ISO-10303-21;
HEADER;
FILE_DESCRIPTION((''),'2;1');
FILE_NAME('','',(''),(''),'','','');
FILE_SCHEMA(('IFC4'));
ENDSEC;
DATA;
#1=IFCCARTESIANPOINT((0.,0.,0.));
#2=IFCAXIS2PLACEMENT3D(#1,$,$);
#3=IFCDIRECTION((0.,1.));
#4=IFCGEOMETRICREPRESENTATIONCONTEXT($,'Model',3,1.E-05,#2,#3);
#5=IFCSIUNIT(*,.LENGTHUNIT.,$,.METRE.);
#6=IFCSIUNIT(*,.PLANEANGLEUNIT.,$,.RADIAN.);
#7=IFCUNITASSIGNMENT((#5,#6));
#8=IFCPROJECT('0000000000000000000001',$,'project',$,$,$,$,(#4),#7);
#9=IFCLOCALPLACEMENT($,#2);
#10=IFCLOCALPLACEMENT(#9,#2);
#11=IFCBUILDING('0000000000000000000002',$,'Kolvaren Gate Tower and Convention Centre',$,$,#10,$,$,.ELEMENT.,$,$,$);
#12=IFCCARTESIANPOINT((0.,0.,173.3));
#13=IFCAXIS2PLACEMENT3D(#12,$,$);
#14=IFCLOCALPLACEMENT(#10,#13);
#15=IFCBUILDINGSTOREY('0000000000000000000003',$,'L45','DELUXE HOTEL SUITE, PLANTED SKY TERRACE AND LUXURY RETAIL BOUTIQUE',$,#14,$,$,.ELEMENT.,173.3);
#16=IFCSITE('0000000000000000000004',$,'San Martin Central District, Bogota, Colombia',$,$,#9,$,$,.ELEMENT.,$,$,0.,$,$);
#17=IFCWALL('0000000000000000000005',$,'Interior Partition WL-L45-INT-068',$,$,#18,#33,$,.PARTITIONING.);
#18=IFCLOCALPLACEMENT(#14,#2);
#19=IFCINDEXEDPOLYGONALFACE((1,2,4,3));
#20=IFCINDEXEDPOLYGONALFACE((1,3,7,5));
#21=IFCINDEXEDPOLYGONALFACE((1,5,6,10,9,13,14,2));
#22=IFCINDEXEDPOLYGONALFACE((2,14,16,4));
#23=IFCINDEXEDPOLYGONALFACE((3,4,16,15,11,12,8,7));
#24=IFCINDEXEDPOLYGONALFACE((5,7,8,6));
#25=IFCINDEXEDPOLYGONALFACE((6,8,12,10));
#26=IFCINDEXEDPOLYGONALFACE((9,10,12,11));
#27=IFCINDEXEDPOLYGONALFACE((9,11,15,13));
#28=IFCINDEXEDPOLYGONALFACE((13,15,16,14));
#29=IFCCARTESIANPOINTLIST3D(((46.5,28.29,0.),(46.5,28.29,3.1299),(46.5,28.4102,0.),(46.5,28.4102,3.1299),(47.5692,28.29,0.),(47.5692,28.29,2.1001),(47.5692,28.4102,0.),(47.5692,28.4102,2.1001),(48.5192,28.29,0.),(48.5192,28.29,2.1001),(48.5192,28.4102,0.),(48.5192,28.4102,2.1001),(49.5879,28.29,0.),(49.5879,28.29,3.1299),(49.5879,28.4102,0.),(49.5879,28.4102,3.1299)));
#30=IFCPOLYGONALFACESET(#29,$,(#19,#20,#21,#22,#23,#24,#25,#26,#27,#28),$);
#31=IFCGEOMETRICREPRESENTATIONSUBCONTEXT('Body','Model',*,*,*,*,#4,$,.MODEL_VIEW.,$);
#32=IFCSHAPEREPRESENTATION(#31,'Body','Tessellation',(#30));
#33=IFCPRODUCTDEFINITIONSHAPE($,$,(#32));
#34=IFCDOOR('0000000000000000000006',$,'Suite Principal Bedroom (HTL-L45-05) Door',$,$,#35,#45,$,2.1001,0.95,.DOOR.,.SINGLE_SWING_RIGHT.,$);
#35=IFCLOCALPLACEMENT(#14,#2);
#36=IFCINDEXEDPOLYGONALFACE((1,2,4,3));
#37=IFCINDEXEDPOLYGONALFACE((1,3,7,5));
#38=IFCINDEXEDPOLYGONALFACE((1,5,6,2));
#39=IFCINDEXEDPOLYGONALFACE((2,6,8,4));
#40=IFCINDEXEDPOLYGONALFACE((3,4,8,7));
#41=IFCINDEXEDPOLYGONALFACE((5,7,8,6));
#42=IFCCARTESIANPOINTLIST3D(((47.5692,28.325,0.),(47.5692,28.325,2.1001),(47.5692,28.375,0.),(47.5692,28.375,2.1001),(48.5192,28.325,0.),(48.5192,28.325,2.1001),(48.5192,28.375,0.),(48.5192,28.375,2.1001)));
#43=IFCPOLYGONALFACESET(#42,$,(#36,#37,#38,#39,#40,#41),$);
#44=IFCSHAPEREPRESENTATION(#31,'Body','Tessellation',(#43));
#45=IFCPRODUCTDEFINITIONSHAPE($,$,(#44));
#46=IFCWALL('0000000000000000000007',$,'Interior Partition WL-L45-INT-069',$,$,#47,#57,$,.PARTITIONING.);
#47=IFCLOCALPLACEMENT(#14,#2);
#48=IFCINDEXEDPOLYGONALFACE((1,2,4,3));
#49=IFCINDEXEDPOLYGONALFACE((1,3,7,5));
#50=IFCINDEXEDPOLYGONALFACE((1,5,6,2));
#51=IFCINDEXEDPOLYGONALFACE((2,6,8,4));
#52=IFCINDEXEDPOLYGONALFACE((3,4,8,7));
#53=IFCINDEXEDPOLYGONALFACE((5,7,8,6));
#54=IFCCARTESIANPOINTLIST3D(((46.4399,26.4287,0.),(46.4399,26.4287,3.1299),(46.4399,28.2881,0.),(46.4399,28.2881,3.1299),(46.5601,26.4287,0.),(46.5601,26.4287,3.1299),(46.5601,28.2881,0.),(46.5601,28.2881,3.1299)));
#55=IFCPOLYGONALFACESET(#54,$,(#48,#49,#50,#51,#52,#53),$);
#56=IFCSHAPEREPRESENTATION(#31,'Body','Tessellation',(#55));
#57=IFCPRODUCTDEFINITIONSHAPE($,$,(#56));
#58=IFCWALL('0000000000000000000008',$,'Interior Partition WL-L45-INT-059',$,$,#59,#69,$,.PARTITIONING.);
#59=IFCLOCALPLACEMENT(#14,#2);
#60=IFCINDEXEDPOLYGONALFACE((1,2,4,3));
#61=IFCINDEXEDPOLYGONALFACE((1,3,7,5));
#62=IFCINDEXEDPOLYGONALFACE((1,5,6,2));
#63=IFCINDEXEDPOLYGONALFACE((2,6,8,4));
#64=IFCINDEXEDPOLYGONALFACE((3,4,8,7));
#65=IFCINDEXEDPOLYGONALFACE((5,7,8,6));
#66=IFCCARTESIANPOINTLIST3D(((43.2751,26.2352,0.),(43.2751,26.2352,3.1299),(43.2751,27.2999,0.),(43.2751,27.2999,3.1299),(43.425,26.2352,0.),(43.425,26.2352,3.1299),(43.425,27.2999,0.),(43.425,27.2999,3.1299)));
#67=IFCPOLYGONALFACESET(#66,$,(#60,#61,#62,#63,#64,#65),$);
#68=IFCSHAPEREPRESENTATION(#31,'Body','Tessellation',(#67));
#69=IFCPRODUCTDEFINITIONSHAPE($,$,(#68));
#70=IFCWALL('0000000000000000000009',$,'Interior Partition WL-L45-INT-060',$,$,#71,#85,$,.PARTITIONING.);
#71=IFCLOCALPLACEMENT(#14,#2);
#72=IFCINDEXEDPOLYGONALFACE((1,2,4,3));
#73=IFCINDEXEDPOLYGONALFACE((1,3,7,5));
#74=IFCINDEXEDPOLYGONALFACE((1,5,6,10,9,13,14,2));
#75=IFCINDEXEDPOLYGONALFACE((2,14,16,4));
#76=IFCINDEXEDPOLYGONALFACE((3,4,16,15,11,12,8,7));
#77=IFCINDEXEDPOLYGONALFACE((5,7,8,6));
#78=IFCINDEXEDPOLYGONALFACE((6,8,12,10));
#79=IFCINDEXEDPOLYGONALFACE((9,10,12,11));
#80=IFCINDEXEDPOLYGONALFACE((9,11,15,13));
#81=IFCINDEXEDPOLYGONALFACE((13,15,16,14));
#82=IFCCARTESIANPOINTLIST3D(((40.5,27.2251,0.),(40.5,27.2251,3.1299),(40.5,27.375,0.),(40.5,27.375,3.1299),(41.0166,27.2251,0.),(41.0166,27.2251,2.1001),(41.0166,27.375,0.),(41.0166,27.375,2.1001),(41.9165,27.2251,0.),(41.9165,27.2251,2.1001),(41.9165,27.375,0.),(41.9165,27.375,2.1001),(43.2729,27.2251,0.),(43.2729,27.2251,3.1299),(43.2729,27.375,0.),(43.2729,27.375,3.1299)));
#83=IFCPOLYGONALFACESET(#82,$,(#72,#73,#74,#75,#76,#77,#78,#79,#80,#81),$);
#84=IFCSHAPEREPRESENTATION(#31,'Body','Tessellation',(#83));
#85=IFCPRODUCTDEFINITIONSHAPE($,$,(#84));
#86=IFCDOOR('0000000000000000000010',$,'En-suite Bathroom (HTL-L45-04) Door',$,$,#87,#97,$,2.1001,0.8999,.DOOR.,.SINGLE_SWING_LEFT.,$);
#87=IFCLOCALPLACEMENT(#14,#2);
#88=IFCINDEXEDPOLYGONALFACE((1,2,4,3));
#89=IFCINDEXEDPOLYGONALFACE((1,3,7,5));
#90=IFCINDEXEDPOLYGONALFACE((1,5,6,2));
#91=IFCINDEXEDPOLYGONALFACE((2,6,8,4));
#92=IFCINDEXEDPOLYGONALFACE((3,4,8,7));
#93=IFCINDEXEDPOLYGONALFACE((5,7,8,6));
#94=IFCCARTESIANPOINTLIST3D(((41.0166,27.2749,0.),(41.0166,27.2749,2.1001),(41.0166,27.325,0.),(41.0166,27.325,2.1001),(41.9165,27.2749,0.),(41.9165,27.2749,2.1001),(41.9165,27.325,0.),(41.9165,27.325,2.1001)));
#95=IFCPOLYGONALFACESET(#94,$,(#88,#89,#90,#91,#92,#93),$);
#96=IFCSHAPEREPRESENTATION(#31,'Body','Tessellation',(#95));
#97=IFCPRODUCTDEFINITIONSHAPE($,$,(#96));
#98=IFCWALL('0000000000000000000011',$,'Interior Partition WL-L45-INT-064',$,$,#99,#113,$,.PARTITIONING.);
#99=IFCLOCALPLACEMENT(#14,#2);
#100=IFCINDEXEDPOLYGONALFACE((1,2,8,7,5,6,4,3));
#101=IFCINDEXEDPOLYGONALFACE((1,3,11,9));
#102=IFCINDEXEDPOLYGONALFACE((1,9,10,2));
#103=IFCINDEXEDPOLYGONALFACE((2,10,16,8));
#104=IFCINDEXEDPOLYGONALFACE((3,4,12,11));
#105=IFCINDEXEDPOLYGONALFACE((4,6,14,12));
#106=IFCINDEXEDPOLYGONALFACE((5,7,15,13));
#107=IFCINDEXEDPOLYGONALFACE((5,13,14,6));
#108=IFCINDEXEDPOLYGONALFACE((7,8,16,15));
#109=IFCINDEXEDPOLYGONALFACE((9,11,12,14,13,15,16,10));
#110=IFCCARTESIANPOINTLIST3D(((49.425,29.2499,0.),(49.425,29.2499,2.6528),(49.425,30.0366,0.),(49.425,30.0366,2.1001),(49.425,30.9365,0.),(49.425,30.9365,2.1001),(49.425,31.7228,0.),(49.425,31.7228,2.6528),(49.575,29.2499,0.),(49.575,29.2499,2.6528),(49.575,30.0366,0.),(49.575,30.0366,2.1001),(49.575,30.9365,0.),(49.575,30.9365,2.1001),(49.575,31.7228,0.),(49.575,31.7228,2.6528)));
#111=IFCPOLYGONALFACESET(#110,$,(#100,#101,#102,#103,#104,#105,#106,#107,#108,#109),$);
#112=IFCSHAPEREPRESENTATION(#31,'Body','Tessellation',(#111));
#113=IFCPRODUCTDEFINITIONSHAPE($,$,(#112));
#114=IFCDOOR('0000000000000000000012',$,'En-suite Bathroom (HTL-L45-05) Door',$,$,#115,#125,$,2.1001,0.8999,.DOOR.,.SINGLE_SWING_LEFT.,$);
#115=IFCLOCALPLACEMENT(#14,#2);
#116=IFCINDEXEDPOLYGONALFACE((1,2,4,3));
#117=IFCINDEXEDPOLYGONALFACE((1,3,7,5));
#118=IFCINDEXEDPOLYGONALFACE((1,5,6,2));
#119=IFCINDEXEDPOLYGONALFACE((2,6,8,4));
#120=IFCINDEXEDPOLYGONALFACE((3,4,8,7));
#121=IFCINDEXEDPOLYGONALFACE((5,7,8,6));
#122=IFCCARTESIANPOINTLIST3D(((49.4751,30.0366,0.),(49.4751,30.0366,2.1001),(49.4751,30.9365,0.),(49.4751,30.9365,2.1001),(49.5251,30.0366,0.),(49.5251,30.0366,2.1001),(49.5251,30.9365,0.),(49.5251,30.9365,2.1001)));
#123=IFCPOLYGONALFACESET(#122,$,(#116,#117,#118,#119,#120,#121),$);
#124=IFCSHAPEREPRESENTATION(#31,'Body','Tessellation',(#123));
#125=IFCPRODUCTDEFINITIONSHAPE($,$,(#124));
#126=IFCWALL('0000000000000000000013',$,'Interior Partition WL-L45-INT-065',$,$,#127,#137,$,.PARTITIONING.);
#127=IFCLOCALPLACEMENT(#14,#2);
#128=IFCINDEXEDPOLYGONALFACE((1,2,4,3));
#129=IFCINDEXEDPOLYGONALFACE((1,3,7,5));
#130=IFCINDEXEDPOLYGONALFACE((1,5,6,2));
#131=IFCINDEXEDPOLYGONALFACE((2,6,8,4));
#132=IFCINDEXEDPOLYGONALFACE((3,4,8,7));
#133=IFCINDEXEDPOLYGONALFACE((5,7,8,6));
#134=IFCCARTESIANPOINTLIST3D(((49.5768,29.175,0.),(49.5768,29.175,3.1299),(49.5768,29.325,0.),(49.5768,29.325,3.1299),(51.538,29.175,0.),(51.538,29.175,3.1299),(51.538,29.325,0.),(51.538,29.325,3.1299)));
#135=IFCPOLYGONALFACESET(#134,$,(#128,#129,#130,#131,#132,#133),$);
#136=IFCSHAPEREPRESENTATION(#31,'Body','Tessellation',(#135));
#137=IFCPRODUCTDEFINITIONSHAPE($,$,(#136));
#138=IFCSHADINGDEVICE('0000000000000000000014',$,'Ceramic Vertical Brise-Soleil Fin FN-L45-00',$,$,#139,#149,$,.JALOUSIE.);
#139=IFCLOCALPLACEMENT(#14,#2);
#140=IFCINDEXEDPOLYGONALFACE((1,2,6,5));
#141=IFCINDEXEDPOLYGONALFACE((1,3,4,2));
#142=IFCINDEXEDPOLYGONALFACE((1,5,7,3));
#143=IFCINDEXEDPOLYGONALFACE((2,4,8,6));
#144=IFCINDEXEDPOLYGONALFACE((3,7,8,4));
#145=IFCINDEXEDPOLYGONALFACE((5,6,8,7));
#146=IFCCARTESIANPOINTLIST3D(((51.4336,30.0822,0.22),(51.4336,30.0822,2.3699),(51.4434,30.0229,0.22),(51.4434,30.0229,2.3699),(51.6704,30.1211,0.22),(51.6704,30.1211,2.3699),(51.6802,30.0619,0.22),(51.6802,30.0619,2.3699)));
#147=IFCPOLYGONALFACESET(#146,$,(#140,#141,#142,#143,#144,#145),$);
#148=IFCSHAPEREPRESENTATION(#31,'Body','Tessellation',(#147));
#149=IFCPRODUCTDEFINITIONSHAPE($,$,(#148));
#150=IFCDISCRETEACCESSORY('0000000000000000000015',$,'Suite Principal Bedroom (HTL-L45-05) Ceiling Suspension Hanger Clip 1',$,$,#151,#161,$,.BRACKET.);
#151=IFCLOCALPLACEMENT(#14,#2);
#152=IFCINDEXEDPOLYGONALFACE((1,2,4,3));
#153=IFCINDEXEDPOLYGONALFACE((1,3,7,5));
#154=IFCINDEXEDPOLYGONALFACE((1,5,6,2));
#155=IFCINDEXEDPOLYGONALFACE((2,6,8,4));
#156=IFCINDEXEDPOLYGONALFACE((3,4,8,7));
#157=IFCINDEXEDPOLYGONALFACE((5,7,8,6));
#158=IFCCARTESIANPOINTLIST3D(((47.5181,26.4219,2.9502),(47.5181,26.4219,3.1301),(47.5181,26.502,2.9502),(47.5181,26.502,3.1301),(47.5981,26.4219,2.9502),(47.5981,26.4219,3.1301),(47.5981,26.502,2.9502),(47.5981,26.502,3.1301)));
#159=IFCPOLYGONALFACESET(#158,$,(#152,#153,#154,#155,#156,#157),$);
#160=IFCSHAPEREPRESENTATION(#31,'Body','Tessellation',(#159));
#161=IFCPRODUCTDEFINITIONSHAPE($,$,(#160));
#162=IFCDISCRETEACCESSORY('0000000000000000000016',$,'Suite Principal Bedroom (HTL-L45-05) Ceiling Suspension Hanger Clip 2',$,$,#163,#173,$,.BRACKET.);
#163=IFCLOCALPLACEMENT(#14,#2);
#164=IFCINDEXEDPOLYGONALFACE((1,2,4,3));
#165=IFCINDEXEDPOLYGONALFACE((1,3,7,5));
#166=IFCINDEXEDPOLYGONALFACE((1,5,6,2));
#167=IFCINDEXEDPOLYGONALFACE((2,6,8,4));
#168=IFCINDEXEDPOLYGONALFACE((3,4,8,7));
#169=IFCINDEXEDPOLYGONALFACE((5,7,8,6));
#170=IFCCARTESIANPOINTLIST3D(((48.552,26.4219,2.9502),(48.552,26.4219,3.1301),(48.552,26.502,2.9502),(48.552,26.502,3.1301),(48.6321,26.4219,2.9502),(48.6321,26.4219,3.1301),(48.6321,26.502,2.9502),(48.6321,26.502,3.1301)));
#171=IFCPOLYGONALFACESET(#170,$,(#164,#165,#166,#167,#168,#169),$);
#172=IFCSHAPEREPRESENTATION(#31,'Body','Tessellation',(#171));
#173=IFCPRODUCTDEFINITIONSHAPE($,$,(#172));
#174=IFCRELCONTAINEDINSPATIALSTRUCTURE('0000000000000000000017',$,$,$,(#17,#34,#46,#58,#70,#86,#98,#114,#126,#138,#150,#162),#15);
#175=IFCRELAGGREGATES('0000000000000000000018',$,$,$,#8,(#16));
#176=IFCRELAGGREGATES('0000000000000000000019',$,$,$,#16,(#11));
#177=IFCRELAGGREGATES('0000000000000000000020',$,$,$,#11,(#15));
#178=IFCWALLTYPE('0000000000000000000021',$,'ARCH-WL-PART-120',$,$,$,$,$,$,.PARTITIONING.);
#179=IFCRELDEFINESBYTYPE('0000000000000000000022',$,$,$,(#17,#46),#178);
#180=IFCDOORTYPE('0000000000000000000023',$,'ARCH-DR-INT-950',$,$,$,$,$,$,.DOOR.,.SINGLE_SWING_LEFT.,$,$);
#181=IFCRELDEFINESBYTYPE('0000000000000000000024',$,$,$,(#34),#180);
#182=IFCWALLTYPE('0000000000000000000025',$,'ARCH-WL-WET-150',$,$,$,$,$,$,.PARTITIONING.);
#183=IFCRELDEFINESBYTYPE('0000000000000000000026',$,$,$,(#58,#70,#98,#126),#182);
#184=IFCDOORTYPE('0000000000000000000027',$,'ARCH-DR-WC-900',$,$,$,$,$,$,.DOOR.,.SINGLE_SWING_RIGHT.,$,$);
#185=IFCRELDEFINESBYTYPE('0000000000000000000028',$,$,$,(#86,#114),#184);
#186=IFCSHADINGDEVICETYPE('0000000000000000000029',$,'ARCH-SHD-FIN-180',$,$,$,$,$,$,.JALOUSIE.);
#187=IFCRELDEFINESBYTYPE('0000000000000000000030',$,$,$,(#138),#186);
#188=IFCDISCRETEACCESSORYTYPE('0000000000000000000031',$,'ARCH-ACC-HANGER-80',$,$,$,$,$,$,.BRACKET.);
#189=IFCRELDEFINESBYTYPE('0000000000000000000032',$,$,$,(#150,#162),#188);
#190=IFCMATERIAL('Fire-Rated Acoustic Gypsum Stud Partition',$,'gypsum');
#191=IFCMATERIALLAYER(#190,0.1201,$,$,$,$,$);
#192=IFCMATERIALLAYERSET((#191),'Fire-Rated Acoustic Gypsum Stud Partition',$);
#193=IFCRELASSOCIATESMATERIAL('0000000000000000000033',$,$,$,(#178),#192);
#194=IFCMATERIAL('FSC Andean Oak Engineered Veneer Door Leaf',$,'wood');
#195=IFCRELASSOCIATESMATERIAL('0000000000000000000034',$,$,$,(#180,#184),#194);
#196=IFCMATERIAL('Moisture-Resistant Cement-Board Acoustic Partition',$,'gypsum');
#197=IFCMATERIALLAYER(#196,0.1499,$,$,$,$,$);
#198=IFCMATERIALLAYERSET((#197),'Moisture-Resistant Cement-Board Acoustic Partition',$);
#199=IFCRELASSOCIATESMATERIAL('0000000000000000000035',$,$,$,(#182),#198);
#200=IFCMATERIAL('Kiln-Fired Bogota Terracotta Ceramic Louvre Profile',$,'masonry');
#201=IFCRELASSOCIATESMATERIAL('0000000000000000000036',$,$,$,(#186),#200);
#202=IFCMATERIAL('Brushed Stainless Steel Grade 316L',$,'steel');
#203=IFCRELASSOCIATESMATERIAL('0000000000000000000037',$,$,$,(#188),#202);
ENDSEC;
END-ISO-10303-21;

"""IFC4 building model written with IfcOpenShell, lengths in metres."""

from ifc_helpers import new_model, si_unit, direction, frame, frame_2d, origin, origin_2d, place, context, subcontext, project, spatial, rectangle, extrude, material, layer, layer_set, type_object, element, fill, save


model = new_model("IFC4")

# Units and contexts
model_context = context("Model", 3, precision=1e-05, world=origin(), true_north=direction((0.0, 1.0)))
body_context = subcontext(model_context, "Body", "Model", "MODEL_VIEW")
ifc_project = project(units=[si_unit("LENGTHUNIT", "METRE"), si_unit("PLANEANGLEUNIT", "RADIAN")], contexts=[model_context])

# Site, building, storey
site_placement = place(None, origin())
site = spatial("IfcSite", under=ifc_project, at=site_placement, Name="San Martin Central District, Bogota, Colombia", CompositionType="ELEMENT", RefElevation=0.0)
building_placement = place(site_placement, origin())
building = spatial("IfcBuilding", under=site, at=building_placement, Name="Kolvaren Gate Tower and Convention Centre", CompositionType="ELEMENT")
storey_placement = place(building_placement, frame((0.0, 0.0, 173.3)))
storey = spatial("IfcBuildingStorey", under=building, at=storey_placement, Name="L45", Description="DELUXE HOTEL SUITE, PLANTED SKY TERRACE AND LUXURY RETAIL BOUTIQUE", CompositionType="ELEMENT", Elevation=173.3)

# Shared definitions
ifc_material_1 = material(Name="Fire-Rated Acoustic Gypsum Stud Partition", Category="gypsum")
ifc_layer_1 = layer(ifc_material_1, 0.1201)
ifc_layer_set_1 = layer_set([ifc_layer_1], Name="Fire-Rated Acoustic Gypsum Stud Partition")
wall_type_1 = type_object("IfcWallType", Name="ARCH-WL-PART-120", PredefinedType="PARTITIONING", material=ifc_layer_set_1)

# Wall, opening, door
wall_1_placement = place(storey_placement, frame((46.5, 28.3501, 0.0), z_axis=(0.0, 0.0, 1.0), x_axis=(1.0, 0.0, 0.0)))
wall_1 = element("IfcWall", 1, at=wall_1_placement, inside=storey, type_object=wall_type_1, Name="Interior Partition WL-L45-INT-068", PredefinedType="PARTITIONING", context=body_context, shape_type="SweptSolid", body=[
    extrude(rectangle(XDim=3.0879, YDim=0.1201, at=frame_2d((1.5439, 0.0))), origin(), (0.0, 0.0, 1.0), 3.1299),
])
opening_1_placement = place(wall_1_placement, frame((1.0691, 0.0, 0.0)))
opening_1 = element("IfcOpeningElement", 2, at=opening_1_placement, cuts=wall_1, PredefinedType="OPENING", context=body_context, shape_type="SweptSolid", body=[
    extrude(rectangle(XDim=0.95, YDim=2.1001, at=frame_2d((0.4751, 1.05))), frame((0.0, 0.0701, 0.0), z_axis=(0.0, -1.0, 0.0), x_axis=(1.0, 0.0, 0.0)), (0.0, 0.0, 1.0), 0.1401),
])
ifc_material_2 = material(Name="FSC Andean Oak Engineered Veneer Door Leaf", Category="wood")
door_type_1 = type_object("IfcDoorType", Name="ARCH-DR-INT-950", OperationType="SINGLE_SWING_LEFT", PredefinedType="DOOR", material=ifc_material_2)
door_1_placement = place(opening_1_placement, origin())
door_1 = element("IfcDoor", 3, at=door_1_placement, inside=storey, type_object=door_type_1, Name="Suite Principal Bedroom (HTL-L45-05) Door", OperationType="SINGLE_SWING_RIGHT", OverallHeight=2.1001, OverallWidth=0.95, PredefinedType="DOOR", context=body_context, shape_type="SweptSolid", body=[
    extrude(rectangle(XDim=0.95, YDim=2.1001, at=frame_2d((0.4751, 1.05))), frame((0.0, 0.0249, 0.0), z_axis=(0.0, -1.0, 0.0), x_axis=(1.0, 0.0, 0.0)), (0.0, 0.0, 1.0), 0.05),
])
fill(opening_1, door_1)

# Walls
wall_2_placement = place(storey_placement, frame((46.5, 26.4287, 0.0), z_axis=(0.0, 0.0, 1.0), x_axis=(0.0, 1.0, 0.0)))
element("IfcWall", 4, at=wall_2_placement, inside=storey, type_object=wall_type_1, Name="Interior Partition WL-L45-INT-069", PredefinedType="PARTITIONING", context=body_context, shape_type="SweptSolid", body=[
    extrude(rectangle(XDim=1.8594, YDim=0.1201, at=frame_2d((0.9297, 0.0))), origin(), (0.0, 0.0, 1.0), 3.1299),
])
ifc_material_3 = material(Name="Moisture-Resistant Cement-Board Acoustic Partition", Category="gypsum")
ifc_layer_2 = layer(ifc_material_3, 0.1499)
ifc_layer_set_2 = layer_set([ifc_layer_2], Name="Moisture-Resistant Cement-Board Acoustic Partition")
wall_type_2 = type_object("IfcWallType", Name="ARCH-WL-WET-150", PredefinedType="PARTITIONING", material=ifc_layer_set_2)
wall_3_placement = place(storey_placement, frame((43.3501, 26.2354, 0.0), z_axis=(0.0, 0.0, 1.0), x_axis=(0.0, 1.0, 0.0)))
element("IfcWall", 5, at=wall_3_placement, inside=storey, type_object=wall_type_2, Name="Interior Partition WL-L45-INT-059", PredefinedType="PARTITIONING", context=body_context, shape_type="SweptSolid", body=[
    extrude(rectangle(XDim=1.0647, YDim=0.1499, at=frame_2d((0.5322, 0.0))), origin(), (0.0, 0.0, 1.0), 3.1299),
])

# Walls, openings, doors
wall_4_placement = place(storey_placement, frame((40.5, 27.3, 0.0), z_axis=(0.0, 0.0, 1.0), x_axis=(1.0, 0.0, 0.0)))
wall_4 = element("IfcWall", 6, at=wall_4_placement, inside=storey, type_object=wall_type_2, Name="Interior Partition WL-L45-INT-060", PredefinedType="PARTITIONING", context=body_context, shape_type="SweptSolid", body=[
    extrude(rectangle(XDim=2.7729, YDim=0.1499, at=frame_2d((1.3865, 0.0))), origin(), (0.0, 0.0, 1.0), 3.1299),
])
opening_2_placement = place(wall_4_placement, frame((0.5166, 0.0, 0.0)))
opening_2 = element("IfcOpeningElement", 7, at=opening_2_placement, cuts=wall_4, PredefinedType="OPENING", context=body_context, shape_type="SweptSolid", body=[
    extrude(rectangle(XDim=0.8999, YDim=2.1001, at=frame_2d((0.45, 1.05))), frame((0.0, 0.085, 0.0), z_axis=(0.0, -1.0, 0.0), x_axis=(1.0, 0.0, 0.0)), (0.0, 0.0, 1.0), 0.1699),
])
door_type_2 = type_object("IfcDoorType", Name="ARCH-DR-WC-900", OperationType="SINGLE_SWING_RIGHT", PredefinedType="DOOR", material=ifc_material_2)
door_2_placement = place(opening_2_placement, origin())
door_2 = element("IfcDoor", 8, at=door_2_placement, inside=storey, type_object=door_type_2, Name="En-suite Bathroom (HTL-L45-04) Door", OperationType="SINGLE_SWING_LEFT", OverallHeight=2.1001, OverallWidth=0.8999, PredefinedType="DOOR", context=body_context, shape_type="SweptSolid", body=[
    extrude(rectangle(XDim=0.8999, YDim=2.1001, at=frame_2d((0.45, 1.05))), frame((0.0, 0.0249, 0.0), z_axis=(0.0, -1.0, 0.0), x_axis=(1.0, 0.0, 0.0)), (0.0, 0.0, 1.0), 0.05),
])
fill(opening_2, door_2)
wall_5_placement = place(storey_placement, frame((49.5, 29.25, 0.0), z_axis=(0.0, 0.0, 1.0), x_axis=(0.0, 1.0, 0.0)))
wall_5 = element("IfcWall", 9, at=wall_5_placement, inside=storey, type_object=wall_type_2, Name="Interior Partition WL-L45-INT-064", PredefinedType="PARTITIONING", context=body_context, shape_type="SweptSolid", body=[
    extrude(rectangle(XDim=2.4729, YDim=0.1499, at=frame_2d((1.2363, 0.0))), origin(), (0.0, 0.0, 1.0), 2.6528),
])
opening_3_placement = place(wall_5_placement, frame((0.7866, 0.0, 0.0)))
opening_3 = element("IfcOpeningElement", 10, at=opening_3_placement, cuts=wall_5, PredefinedType="OPENING", context=body_context, shape_type="SweptSolid", body=[
    extrude(rectangle(XDim=0.8999, YDim=2.1001, at=frame_2d((0.45, 1.05))), frame((0.0, 0.085, 0.0), z_axis=(0.0, -1.0, 0.0), x_axis=(1.0, 0.0, 0.0)), (0.0, 0.0, 1.0), 0.1699),
])
door_3_placement = place(opening_3_placement, origin())
door_3 = element("IfcDoor", 11, at=door_3_placement, inside=storey, type_object=door_type_2, Name="En-suite Bathroom (HTL-L45-05) Door", OperationType="SINGLE_SWING_LEFT", OverallHeight=2.1001, OverallWidth=0.8999, PredefinedType="DOOR", context=body_context, shape_type="SweptSolid", body=[
    extrude(rectangle(XDim=0.8999, YDim=2.1001, at=frame_2d((0.45, 1.05))), frame((0.0, 0.0249, 0.0), z_axis=(0.0, -1.0, 0.0), x_axis=(1.0, 0.0, 0.0)), (0.0, 0.0, 1.0), 0.05),
])
fill(opening_3, door_3)

# Wall
wall_6_placement = place(storey_placement, frame((49.5769, 29.25, 0.0), z_axis=(0.0, 0.0, 1.0), x_axis=(1.0, 0.0, 0.0)))
element("IfcWall", 12, at=wall_6_placement, inside=storey, type_object=wall_type_2, Name="Interior Partition WL-L45-INT-065", PredefinedType="PARTITIONING", context=body_context, shape_type="SweptSolid", body=[
    extrude(rectangle(XDim=1.9612, YDim=0.1499, at=frame_2d((0.9805, 0.0))), origin(), (0.0, 0.0, 1.0), 3.1299),
])

# Shading device
ifc_material_4 = material(Name="Kiln-Fired Bogota Terracotta Ceramic Louvre Profile", Category="masonry")
shading_device_type = type_object("IfcShadingDeviceType", Name="ARCH-SHD-FIN-180", PredefinedType="JALOUSIE", material=ifc_material_4)
shading_device_placement = place(storey_placement, frame((51.5569, 30.072, 0.22), z_axis=(0.0, 0.0, 1.0), x_axis=(0.162381, -0.986728, 0.0)))
element("IfcShadingDevice", 13, at=shading_device_placement, inside=storey, type_object=shading_device_type, Name="Ceramic Vertical Brise-Soleil Fin FN-L45-00", PredefinedType="JALOUSIE", context=body_context, shape_type="SweptSolid", body=[
    extrude(rectangle(XDim=0.0601, YDim=0.24, at=origin_2d()), origin(), (0.0, 0.0, 1.0), 2.1499),
])

# Discrete accessories
ifc_material_5 = material(Name="Brushed Stainless Steel Grade 316L", Category="steel")
discrete_accessory_type = type_object("IfcDiscreteAccessoryType", Name="ARCH-ACC-HANGER-80", PredefinedType="BRACKET", material=ifc_material_5)
for number, where, z_axis, x_axis, name in (
    (14, (47.5581, 26.4619, 2.9502), (0.0, 0.0, 1.0), (1.0, 0.0, 0.0), "Suite Principal Bedroom (HTL-L45-05) Ceiling Suspension Hanger Clip 1"),
    (15, (48.592, 26.4619, 2.9502), (0.0, 0.0, 1.0), (1.0, 0.0, 0.0), "Suite Principal Bedroom (HTL-L45-05) Ceiling Suspension Hanger Clip 2"),
):
    element("IfcDiscreteAccessory", number, at=place(storey_placement, frame(where, z_axis=z_axis, x_axis=x_axis)), inside=storey, type_object=discrete_accessory_type, Name=name, PredefinedType="BRACKET", context=body_context, shape_type="SweptSolid", body=[
        extrude(rectangle(XDim=0.0801, YDim=0.0801, at=origin_2d()), origin(), (0.0, 0.0, 1.0), 0.1799),
    ])

save(model, "model.ifc")
